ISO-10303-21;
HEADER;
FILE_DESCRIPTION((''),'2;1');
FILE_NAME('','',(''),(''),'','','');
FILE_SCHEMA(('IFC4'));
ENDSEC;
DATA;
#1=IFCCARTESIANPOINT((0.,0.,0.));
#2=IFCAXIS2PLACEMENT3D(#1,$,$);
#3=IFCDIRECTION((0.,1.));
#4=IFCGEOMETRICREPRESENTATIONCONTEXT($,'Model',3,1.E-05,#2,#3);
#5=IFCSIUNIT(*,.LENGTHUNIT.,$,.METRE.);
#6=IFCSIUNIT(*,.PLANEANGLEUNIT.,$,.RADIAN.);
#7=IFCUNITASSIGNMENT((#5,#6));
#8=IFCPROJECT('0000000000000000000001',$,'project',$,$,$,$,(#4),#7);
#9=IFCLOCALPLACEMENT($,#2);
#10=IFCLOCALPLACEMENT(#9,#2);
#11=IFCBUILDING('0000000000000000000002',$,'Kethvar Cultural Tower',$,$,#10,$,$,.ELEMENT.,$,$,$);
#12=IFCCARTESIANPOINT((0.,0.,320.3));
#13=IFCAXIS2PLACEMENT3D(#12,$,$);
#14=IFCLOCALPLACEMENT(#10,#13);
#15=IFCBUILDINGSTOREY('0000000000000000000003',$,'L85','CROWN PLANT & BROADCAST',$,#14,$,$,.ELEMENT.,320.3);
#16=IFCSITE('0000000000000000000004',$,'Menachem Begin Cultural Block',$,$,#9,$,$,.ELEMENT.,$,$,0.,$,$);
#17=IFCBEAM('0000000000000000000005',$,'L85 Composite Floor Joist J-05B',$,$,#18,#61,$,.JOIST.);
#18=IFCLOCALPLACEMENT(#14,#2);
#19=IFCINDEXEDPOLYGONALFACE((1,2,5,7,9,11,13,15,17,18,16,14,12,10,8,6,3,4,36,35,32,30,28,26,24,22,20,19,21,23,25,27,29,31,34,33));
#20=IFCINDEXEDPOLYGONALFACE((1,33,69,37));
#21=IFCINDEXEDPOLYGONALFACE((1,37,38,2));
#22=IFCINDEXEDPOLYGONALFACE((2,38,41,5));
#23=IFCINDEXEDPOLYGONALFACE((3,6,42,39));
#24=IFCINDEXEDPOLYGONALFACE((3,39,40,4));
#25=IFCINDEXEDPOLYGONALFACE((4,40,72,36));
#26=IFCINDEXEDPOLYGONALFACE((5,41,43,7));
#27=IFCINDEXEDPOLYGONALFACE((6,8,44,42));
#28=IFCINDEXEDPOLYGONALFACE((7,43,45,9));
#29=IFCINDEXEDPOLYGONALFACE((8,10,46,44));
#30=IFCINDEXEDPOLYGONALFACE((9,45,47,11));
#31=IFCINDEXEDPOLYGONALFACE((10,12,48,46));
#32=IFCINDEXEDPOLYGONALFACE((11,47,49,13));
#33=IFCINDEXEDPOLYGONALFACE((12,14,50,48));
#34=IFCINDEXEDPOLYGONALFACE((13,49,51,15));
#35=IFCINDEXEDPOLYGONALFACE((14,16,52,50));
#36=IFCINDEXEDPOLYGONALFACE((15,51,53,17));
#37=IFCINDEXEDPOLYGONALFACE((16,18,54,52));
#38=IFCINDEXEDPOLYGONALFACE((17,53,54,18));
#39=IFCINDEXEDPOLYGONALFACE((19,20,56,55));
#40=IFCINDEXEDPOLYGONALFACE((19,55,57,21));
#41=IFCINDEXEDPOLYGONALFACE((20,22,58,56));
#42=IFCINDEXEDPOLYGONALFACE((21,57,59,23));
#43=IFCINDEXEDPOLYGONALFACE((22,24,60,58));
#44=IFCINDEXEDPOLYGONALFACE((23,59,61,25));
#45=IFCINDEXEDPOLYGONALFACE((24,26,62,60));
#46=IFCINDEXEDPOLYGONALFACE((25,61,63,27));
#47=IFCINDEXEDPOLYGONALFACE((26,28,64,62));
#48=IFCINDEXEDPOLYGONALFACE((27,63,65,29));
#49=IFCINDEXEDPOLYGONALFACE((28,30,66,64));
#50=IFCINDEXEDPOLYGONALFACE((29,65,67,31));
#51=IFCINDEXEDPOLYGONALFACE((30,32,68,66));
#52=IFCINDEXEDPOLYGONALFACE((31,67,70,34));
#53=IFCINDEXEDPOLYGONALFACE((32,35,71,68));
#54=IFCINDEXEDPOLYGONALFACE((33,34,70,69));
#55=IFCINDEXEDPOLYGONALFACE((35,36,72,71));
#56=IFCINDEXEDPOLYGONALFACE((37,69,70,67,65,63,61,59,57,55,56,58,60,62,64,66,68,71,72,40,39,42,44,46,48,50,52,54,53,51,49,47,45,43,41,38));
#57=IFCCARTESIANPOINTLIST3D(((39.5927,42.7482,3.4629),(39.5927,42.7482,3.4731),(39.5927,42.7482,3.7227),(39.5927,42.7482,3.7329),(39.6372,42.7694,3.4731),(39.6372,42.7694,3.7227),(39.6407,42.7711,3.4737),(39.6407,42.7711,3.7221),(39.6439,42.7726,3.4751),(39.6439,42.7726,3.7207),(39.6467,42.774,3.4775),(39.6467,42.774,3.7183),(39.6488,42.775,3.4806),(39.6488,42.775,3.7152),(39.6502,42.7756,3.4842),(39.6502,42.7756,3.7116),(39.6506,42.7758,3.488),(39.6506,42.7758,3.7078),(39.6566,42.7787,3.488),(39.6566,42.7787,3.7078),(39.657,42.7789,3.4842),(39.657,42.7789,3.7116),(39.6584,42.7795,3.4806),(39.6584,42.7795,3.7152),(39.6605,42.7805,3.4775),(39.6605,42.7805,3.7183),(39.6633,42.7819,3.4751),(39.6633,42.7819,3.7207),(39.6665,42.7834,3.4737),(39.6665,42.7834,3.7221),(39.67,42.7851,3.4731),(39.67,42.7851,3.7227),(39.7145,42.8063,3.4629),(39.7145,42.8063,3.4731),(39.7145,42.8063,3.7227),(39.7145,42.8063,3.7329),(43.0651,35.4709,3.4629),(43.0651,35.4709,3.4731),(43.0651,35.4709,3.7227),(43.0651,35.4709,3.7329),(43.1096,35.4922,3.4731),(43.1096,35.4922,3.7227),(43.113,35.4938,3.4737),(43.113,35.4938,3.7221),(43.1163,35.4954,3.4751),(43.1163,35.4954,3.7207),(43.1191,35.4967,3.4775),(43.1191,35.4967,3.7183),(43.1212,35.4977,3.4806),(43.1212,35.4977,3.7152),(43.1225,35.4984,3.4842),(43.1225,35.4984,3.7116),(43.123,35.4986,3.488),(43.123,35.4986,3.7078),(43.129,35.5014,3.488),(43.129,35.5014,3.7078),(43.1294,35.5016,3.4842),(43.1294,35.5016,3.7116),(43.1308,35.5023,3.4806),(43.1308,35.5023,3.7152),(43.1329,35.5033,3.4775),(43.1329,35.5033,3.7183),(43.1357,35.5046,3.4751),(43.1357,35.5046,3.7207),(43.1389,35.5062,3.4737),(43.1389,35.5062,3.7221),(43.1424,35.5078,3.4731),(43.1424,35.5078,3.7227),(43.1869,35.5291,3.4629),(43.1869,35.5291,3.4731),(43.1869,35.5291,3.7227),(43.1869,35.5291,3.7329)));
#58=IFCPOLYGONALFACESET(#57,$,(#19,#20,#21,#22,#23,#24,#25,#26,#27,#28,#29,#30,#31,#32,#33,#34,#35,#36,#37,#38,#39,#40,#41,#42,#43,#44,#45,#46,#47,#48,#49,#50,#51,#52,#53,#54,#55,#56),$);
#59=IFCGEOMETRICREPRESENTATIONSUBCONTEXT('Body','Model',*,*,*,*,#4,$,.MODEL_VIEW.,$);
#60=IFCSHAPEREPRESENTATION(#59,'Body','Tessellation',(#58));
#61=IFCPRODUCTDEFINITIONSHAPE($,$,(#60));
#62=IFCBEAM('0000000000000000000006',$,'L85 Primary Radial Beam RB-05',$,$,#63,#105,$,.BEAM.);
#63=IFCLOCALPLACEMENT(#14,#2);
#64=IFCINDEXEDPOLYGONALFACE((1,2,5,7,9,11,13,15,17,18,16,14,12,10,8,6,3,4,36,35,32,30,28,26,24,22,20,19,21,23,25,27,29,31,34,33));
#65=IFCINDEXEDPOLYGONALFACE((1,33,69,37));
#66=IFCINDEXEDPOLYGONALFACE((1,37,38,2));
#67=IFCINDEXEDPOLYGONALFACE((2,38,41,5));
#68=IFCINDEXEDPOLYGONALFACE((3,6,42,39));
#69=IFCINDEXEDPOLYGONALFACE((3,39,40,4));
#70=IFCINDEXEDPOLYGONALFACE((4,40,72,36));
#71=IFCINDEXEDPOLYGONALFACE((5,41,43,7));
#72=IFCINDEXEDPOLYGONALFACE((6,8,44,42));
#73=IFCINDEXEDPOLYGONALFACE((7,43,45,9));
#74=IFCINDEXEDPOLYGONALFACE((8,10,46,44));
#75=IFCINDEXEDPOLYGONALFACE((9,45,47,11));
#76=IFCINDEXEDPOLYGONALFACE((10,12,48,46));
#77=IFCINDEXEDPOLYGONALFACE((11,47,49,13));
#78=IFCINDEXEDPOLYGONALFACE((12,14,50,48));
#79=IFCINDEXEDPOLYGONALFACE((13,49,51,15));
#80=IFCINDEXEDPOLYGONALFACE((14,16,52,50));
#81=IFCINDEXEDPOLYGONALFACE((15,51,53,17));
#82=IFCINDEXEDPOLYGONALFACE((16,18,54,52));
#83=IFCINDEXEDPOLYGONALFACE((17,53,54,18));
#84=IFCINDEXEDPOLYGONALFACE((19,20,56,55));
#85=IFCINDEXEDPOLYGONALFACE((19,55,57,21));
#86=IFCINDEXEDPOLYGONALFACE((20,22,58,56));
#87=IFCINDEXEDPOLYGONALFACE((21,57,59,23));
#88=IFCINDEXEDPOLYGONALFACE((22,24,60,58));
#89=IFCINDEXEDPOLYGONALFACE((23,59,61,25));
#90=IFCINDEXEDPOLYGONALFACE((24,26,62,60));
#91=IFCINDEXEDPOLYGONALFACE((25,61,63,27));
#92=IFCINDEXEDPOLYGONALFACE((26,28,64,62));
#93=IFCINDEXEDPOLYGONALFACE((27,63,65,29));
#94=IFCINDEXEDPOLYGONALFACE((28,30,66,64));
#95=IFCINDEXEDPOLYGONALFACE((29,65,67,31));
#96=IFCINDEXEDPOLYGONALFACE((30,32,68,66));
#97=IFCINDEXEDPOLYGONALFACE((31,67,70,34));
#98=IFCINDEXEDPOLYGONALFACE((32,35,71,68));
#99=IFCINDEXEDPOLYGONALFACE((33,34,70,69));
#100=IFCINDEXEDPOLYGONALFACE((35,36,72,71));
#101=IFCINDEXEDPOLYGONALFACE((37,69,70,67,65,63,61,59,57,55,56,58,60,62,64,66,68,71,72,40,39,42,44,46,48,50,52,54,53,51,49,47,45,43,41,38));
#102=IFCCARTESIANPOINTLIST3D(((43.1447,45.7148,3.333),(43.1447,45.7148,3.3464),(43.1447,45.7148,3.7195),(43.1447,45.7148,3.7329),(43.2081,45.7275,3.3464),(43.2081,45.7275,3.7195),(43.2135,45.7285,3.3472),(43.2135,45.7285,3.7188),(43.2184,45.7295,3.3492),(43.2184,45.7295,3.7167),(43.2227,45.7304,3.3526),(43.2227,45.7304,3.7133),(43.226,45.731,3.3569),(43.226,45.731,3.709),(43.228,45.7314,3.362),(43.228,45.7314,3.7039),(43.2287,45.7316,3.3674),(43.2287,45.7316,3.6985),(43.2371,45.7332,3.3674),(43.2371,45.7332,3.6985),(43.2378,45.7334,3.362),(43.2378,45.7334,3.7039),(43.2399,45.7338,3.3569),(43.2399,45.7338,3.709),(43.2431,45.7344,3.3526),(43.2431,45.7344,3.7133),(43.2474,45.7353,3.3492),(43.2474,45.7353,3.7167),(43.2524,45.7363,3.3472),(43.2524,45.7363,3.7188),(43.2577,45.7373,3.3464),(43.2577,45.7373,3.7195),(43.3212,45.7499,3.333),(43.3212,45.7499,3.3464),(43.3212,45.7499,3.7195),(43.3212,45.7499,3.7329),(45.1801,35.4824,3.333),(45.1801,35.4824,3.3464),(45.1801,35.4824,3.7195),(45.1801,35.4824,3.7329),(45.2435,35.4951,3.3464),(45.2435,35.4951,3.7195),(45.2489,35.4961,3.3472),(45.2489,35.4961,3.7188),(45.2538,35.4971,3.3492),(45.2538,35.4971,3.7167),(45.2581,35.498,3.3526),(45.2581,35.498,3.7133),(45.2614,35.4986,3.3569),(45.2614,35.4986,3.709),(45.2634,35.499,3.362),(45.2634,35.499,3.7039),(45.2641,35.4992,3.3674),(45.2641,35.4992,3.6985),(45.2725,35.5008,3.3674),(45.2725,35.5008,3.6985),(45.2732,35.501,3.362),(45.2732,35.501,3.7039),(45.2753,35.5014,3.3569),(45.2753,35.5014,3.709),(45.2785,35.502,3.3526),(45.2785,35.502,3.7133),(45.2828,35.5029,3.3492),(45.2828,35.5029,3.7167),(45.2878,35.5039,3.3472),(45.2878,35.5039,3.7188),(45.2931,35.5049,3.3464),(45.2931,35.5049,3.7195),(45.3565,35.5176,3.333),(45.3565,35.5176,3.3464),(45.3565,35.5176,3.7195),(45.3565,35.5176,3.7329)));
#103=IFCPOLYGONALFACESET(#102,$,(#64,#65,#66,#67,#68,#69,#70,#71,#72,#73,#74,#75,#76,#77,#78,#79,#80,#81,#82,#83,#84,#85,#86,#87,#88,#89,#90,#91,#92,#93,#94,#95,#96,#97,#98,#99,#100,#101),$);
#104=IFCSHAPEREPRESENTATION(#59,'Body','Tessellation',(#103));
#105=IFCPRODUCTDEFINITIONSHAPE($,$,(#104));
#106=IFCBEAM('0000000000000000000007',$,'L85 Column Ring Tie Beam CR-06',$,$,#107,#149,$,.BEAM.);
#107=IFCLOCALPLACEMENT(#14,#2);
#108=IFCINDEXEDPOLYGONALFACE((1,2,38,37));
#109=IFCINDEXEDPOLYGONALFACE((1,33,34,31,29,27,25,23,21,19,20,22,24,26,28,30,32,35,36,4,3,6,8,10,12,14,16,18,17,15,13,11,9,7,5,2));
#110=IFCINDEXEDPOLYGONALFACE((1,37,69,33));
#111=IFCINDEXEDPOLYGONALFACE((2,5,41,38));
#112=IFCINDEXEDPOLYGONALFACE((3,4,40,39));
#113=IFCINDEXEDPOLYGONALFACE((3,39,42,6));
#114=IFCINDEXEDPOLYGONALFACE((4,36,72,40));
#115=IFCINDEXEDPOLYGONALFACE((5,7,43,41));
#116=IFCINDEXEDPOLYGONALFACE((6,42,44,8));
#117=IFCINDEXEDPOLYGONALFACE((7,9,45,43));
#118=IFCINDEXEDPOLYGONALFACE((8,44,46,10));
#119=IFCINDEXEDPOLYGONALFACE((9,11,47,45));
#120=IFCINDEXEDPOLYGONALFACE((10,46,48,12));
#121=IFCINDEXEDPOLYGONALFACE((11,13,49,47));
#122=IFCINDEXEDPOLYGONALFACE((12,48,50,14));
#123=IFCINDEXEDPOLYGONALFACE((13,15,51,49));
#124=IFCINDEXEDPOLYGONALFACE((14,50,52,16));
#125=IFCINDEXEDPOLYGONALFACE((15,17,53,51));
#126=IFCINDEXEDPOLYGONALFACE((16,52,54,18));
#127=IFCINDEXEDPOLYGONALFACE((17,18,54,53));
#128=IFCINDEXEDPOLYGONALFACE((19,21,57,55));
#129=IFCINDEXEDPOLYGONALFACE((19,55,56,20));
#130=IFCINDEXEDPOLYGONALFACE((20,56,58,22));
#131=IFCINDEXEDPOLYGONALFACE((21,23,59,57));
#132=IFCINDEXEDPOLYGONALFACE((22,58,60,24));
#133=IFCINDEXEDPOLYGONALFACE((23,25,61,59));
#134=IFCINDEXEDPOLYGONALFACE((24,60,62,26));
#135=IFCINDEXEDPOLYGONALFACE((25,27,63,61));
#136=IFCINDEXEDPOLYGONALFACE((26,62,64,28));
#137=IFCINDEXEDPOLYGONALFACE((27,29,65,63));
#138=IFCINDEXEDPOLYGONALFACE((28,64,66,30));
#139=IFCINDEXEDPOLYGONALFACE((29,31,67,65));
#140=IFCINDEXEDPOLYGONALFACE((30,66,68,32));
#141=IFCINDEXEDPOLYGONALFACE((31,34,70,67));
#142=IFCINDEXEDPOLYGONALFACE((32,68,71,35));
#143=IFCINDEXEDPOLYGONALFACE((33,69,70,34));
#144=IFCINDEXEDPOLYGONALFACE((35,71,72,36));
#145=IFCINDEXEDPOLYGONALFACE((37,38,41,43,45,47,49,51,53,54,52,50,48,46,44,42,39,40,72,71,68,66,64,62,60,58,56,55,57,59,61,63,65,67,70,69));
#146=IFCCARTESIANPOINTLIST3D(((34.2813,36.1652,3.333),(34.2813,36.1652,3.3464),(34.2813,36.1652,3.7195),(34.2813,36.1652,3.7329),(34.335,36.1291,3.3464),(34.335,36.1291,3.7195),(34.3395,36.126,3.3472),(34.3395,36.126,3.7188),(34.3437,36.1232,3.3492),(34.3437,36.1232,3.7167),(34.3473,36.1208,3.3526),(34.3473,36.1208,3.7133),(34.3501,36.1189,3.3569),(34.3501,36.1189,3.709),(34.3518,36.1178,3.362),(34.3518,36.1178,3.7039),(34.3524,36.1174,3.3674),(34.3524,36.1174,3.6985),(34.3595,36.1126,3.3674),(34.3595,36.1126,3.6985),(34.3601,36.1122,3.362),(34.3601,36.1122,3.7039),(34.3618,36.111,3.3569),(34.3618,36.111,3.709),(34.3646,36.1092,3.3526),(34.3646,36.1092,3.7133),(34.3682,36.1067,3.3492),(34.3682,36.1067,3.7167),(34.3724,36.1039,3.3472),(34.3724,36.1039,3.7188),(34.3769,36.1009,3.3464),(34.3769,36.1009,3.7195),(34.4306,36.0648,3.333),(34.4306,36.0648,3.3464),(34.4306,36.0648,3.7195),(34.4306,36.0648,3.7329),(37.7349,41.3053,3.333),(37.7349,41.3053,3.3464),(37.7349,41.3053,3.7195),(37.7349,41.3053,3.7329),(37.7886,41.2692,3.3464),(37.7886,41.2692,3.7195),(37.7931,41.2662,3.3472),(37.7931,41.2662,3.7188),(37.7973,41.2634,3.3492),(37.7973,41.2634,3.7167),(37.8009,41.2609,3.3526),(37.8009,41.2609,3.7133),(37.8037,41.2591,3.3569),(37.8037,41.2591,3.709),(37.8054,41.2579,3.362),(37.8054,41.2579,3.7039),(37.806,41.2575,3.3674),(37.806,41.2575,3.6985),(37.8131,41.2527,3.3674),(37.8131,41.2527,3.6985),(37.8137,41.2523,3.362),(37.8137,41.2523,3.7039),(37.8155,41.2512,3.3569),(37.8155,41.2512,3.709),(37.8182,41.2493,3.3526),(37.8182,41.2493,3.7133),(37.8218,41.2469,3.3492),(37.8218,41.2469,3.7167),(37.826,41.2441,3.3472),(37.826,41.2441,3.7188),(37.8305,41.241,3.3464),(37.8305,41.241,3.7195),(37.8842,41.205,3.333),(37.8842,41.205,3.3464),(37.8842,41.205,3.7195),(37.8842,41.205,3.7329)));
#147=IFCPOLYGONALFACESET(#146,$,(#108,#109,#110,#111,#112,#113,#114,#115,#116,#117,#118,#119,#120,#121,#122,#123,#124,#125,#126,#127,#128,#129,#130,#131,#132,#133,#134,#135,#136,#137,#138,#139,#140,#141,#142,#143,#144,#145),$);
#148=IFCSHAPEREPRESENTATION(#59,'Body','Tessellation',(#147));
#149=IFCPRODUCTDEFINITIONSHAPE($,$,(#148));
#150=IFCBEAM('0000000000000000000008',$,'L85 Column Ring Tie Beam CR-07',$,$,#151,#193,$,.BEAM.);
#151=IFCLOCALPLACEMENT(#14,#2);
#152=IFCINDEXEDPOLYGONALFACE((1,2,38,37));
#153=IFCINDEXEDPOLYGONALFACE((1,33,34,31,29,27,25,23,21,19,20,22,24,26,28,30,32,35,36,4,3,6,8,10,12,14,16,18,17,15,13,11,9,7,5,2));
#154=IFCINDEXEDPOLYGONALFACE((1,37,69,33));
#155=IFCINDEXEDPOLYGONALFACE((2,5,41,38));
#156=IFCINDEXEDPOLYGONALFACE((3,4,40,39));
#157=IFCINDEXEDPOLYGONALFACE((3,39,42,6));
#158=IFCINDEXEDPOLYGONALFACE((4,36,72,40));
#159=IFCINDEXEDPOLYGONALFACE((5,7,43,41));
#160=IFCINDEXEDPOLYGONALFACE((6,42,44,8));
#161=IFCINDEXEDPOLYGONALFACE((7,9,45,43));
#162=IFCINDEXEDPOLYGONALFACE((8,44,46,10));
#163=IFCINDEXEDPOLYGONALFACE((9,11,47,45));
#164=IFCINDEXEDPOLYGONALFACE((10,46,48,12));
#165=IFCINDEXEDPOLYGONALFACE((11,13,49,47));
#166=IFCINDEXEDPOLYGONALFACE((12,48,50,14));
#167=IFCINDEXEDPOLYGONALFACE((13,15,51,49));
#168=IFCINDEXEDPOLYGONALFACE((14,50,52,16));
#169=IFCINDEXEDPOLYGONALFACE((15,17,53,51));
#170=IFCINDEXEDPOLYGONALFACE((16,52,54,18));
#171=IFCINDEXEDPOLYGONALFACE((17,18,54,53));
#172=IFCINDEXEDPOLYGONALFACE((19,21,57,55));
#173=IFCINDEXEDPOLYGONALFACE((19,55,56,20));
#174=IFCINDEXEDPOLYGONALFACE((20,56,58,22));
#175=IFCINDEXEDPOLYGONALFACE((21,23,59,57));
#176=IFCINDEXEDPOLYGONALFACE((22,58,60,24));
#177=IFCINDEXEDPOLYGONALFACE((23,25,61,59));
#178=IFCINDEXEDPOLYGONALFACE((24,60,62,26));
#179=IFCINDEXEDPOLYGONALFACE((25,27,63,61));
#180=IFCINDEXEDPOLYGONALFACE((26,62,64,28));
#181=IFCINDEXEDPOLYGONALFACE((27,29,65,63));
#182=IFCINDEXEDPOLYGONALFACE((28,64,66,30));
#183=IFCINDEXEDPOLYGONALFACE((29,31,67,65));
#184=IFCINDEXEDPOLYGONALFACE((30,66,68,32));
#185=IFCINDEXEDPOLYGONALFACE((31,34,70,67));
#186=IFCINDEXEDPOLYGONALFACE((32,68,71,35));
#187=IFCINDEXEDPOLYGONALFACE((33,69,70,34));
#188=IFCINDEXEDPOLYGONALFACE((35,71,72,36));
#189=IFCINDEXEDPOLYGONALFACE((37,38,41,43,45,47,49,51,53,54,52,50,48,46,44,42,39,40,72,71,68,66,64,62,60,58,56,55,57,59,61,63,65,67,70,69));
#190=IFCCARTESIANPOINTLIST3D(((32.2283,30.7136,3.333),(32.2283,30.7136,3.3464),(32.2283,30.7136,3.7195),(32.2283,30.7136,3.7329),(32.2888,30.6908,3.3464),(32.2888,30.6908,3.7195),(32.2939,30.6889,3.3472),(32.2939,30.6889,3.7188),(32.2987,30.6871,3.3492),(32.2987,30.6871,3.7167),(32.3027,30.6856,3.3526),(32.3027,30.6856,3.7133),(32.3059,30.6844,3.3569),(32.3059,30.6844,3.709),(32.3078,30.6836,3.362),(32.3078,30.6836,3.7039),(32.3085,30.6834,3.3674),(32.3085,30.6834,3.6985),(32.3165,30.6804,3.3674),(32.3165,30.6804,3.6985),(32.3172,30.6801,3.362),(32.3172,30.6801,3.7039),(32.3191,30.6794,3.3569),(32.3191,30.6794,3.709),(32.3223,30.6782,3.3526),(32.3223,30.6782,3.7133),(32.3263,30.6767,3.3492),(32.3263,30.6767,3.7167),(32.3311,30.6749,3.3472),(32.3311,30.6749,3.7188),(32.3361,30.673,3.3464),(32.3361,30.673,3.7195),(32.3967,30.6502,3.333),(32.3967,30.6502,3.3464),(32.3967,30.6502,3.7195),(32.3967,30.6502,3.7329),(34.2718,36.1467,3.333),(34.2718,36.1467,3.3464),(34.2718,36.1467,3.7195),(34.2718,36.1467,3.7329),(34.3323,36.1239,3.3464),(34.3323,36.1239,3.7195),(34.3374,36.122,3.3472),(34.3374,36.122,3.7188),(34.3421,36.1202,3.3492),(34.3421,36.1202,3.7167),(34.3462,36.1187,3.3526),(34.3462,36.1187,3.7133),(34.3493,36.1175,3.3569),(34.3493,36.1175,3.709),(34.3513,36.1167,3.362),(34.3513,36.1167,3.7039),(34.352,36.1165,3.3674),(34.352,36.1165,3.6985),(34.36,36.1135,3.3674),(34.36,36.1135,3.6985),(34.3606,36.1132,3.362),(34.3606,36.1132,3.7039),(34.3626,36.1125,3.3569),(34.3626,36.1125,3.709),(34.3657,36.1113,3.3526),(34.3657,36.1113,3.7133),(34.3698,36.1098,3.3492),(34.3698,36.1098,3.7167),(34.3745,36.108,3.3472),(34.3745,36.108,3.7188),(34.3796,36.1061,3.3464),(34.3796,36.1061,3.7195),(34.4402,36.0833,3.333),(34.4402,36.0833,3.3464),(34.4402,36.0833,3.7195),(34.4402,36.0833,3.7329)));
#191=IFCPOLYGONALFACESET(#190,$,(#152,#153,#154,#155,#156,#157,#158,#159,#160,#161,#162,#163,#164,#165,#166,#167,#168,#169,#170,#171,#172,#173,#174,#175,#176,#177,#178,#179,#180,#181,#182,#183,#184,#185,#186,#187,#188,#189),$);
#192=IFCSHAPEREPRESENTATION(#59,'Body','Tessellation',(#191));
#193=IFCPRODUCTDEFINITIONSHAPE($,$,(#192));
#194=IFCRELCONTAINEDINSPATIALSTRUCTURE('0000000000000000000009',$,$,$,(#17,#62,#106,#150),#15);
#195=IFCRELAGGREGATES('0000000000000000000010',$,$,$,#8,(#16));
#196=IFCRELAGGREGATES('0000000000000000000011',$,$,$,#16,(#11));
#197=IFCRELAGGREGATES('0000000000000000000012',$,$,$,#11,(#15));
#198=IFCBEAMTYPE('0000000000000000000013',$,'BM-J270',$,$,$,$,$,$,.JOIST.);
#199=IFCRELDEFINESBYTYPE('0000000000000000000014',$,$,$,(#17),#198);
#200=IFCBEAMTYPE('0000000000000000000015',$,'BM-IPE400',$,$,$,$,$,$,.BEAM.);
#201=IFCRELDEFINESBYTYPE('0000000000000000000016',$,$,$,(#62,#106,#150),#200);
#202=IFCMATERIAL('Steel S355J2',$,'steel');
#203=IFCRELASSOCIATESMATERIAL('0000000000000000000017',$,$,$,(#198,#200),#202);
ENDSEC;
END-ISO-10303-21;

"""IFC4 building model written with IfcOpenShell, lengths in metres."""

from ifc_helpers import new_model, si_unit, direction, frame, origin, origin_2d, place, context, subcontext, project, spatial, i_section, extrude, source, transform, mapped, material, material_profile, profile_set, type_object, element, save


model = new_model("IFC4")

# Units and contexts
model_context = context("Model", 3, precision=1e-05, world=origin(), true_north=direction((0.0, 1.0)))
body_context = subcontext(model_context, "Body", "Model", "MODEL_VIEW")
ifc_project = project(units=[si_unit("LENGTHUNIT", "METRE"), si_unit("PLANEANGLEUNIT", "RADIAN")], contexts=[model_context])

# Site, building, storey
site_placement = place(None, origin())
site = spatial("IfcSite", under=ifc_project, at=site_placement, Name="Menachem Begin Cultural Block", CompositionType="ELEMENT", RefElevation=0.0)
building_placement = place(site_placement, origin())
building = spatial("IfcBuilding", under=site, at=building_placement, Name="Kethvar Cultural Tower", CompositionType="ELEMENT")
storey_placement = place(building_placement, frame((0.0, 0.0, 320.3)))
storey = spatial("IfcBuildingStorey", under=building, at=storey_placement, Name="L85", Description="CROWN PLANT & BROADCAST", CompositionType="ELEMENT", Elevation=320.3)

# Shared definitions
ifc_material_1 = material(Name="Steel S355J2", Category="steel")

# Beams
ifc_material_profile_1 = material_profile(ifc_material_1, i_section(OverallWidth=0.135, OverallDepth=0.27, WebThickness=0.0066, FlangeThickness=0.0103, FilletRadius=0.0149, at=origin_2d()), Name="Steel S355J2 — IPE270")
ifc_profile_set_1 = profile_set([ifc_material_profile_1], Name="Steel S355J2 — IPE270")
beam_type_1 = type_object("IfcBeamType", Name="BM-J270", PredefinedType="JOIST", material=ifc_profile_set_1)
shared_shape_1 = source(origin(), body_context, "Body", "SweptSolid", [
    extrude(i_section(OverallWidth=0.135, OverallDepth=0.27, WebThickness=0.0066, FlangeThickness=0.0103, FilletRadius=0.0149, at=origin_2d()), origin(), (0.0, 0.0, 1.0), 8.0632),
])
beam_1_placement = place(storey_placement, frame((43.126, 35.5, 3.5979), z_axis=(-0.430642, 0.902523, 0.0), x_axis=(-0.902523, -0.430642, 0.0)))
element("IfcBeam", 1, at=beam_1_placement, inside=storey, type_object=beam_type_1, Name="L85 Composite Floor Joist J-05B", PredefinedType="JOIST", context=body_context, shape_type="MappedRepresentation", body=[
    mapped(shared_shape_1, transform((0.0, 0.0, 0.0), scale=1.0)),
])
ifc_material_profile_2 = material_profile(ifc_material_1, i_section(OverallWidth=0.1799, OverallDepth=0.3999, WebThickness=0.0085, FlangeThickness=0.0134, FilletRadius=0.021, at=origin_2d()), Name="Steel S355J2 — IPE400")
ifc_profile_set_2 = profile_set([ifc_material_profile_2], Name="Steel S355J2 — IPE400")
beam_type_2 = type_object("IfcBeamType", Name="BM-IPE400", PredefinedType="BEAM", material=ifc_profile_set_2)
shared_shape_2 = source(origin(), body_context, "Body", "SweptSolid", [
    extrude(i_section(OverallWidth=0.1799, OverallDepth=0.3999, WebThickness=0.0085, FlangeThickness=0.0134, FilletRadius=0.021, at=origin_2d()), origin(), (0.0, 0.0, 1.0), 10.4329),
])
beam_2_placement = place(storey_placement, frame((45.2683, 35.5, 3.533), z_axis=(-0.195094, 0.980784, 0.0), x_axis=(-0.980784, -0.195094, 0.0)))
element("IfcBeam", 2, at=beam_2_placement, inside=storey, type_object=beam_type_2, Name="L85 Primary Radial Beam RB-05", PredefinedType="BEAM", context=body_context, shape_type="MappedRepresentation", body=[
    mapped(shared_shape_2, transform((0.0, 0.0, 0.0), scale=1.0)),
])
shared_shape_3 = source(origin(), body_context, "Body", "SweptSolid", [
    extrude(i_section(OverallWidth=0.1799, OverallDepth=0.3999, WebThickness=0.0085, FlangeThickness=0.0134, FilletRadius=0.021, at=origin_2d()), origin(), (0.0, 0.0, 1.0), 6.1926),
])
beam_3_placement = place(storey_placement, frame((37.8096, 41.2551, 3.533), z_axis=(-0.557699, -0.830043, 0.0), x_axis=(0.830043, -0.557699, 0.0)))
element("IfcBeam", 3, at=beam_3_placement, inside=storey, type_object=beam_type_2, Name="L85 Column Ring Tie Beam CR-06", PredefinedType="BEAM", context=body_context, shape_type="MappedRepresentation", body=[
    mapped(shared_shape_3, transform((0.0, 0.0, 0.0), scale=1.0)),
])
shared_shape_4 = source(origin(), body_context, "Body", "SweptSolid", [
    extrude(i_section(OverallWidth=0.1799, OverallDepth=0.3999, WebThickness=0.0085, FlangeThickness=0.0134, FilletRadius=0.021, at=origin_2d()), origin(), (0.0, 0.0, 1.0), 5.8047),
])
beam_4_placement = place(storey_placement, frame((34.356, 36.115, 3.533), z_axis=(-0.352036, -0.935986, 0.0), x_axis=(0.935986, -0.352036, 0.0)))
element("IfcBeam", 4, at=beam_4_placement, inside=storey, type_object=beam_type_2, Name="L85 Column Ring Tie Beam CR-07", PredefinedType="BEAM", context=body_context, shape_type="MappedRepresentation", body=[
    mapped(shared_shape_4, transform((0.0, 0.0, 0.0), scale=1.0)),
])

save(model, "model.ifc")
